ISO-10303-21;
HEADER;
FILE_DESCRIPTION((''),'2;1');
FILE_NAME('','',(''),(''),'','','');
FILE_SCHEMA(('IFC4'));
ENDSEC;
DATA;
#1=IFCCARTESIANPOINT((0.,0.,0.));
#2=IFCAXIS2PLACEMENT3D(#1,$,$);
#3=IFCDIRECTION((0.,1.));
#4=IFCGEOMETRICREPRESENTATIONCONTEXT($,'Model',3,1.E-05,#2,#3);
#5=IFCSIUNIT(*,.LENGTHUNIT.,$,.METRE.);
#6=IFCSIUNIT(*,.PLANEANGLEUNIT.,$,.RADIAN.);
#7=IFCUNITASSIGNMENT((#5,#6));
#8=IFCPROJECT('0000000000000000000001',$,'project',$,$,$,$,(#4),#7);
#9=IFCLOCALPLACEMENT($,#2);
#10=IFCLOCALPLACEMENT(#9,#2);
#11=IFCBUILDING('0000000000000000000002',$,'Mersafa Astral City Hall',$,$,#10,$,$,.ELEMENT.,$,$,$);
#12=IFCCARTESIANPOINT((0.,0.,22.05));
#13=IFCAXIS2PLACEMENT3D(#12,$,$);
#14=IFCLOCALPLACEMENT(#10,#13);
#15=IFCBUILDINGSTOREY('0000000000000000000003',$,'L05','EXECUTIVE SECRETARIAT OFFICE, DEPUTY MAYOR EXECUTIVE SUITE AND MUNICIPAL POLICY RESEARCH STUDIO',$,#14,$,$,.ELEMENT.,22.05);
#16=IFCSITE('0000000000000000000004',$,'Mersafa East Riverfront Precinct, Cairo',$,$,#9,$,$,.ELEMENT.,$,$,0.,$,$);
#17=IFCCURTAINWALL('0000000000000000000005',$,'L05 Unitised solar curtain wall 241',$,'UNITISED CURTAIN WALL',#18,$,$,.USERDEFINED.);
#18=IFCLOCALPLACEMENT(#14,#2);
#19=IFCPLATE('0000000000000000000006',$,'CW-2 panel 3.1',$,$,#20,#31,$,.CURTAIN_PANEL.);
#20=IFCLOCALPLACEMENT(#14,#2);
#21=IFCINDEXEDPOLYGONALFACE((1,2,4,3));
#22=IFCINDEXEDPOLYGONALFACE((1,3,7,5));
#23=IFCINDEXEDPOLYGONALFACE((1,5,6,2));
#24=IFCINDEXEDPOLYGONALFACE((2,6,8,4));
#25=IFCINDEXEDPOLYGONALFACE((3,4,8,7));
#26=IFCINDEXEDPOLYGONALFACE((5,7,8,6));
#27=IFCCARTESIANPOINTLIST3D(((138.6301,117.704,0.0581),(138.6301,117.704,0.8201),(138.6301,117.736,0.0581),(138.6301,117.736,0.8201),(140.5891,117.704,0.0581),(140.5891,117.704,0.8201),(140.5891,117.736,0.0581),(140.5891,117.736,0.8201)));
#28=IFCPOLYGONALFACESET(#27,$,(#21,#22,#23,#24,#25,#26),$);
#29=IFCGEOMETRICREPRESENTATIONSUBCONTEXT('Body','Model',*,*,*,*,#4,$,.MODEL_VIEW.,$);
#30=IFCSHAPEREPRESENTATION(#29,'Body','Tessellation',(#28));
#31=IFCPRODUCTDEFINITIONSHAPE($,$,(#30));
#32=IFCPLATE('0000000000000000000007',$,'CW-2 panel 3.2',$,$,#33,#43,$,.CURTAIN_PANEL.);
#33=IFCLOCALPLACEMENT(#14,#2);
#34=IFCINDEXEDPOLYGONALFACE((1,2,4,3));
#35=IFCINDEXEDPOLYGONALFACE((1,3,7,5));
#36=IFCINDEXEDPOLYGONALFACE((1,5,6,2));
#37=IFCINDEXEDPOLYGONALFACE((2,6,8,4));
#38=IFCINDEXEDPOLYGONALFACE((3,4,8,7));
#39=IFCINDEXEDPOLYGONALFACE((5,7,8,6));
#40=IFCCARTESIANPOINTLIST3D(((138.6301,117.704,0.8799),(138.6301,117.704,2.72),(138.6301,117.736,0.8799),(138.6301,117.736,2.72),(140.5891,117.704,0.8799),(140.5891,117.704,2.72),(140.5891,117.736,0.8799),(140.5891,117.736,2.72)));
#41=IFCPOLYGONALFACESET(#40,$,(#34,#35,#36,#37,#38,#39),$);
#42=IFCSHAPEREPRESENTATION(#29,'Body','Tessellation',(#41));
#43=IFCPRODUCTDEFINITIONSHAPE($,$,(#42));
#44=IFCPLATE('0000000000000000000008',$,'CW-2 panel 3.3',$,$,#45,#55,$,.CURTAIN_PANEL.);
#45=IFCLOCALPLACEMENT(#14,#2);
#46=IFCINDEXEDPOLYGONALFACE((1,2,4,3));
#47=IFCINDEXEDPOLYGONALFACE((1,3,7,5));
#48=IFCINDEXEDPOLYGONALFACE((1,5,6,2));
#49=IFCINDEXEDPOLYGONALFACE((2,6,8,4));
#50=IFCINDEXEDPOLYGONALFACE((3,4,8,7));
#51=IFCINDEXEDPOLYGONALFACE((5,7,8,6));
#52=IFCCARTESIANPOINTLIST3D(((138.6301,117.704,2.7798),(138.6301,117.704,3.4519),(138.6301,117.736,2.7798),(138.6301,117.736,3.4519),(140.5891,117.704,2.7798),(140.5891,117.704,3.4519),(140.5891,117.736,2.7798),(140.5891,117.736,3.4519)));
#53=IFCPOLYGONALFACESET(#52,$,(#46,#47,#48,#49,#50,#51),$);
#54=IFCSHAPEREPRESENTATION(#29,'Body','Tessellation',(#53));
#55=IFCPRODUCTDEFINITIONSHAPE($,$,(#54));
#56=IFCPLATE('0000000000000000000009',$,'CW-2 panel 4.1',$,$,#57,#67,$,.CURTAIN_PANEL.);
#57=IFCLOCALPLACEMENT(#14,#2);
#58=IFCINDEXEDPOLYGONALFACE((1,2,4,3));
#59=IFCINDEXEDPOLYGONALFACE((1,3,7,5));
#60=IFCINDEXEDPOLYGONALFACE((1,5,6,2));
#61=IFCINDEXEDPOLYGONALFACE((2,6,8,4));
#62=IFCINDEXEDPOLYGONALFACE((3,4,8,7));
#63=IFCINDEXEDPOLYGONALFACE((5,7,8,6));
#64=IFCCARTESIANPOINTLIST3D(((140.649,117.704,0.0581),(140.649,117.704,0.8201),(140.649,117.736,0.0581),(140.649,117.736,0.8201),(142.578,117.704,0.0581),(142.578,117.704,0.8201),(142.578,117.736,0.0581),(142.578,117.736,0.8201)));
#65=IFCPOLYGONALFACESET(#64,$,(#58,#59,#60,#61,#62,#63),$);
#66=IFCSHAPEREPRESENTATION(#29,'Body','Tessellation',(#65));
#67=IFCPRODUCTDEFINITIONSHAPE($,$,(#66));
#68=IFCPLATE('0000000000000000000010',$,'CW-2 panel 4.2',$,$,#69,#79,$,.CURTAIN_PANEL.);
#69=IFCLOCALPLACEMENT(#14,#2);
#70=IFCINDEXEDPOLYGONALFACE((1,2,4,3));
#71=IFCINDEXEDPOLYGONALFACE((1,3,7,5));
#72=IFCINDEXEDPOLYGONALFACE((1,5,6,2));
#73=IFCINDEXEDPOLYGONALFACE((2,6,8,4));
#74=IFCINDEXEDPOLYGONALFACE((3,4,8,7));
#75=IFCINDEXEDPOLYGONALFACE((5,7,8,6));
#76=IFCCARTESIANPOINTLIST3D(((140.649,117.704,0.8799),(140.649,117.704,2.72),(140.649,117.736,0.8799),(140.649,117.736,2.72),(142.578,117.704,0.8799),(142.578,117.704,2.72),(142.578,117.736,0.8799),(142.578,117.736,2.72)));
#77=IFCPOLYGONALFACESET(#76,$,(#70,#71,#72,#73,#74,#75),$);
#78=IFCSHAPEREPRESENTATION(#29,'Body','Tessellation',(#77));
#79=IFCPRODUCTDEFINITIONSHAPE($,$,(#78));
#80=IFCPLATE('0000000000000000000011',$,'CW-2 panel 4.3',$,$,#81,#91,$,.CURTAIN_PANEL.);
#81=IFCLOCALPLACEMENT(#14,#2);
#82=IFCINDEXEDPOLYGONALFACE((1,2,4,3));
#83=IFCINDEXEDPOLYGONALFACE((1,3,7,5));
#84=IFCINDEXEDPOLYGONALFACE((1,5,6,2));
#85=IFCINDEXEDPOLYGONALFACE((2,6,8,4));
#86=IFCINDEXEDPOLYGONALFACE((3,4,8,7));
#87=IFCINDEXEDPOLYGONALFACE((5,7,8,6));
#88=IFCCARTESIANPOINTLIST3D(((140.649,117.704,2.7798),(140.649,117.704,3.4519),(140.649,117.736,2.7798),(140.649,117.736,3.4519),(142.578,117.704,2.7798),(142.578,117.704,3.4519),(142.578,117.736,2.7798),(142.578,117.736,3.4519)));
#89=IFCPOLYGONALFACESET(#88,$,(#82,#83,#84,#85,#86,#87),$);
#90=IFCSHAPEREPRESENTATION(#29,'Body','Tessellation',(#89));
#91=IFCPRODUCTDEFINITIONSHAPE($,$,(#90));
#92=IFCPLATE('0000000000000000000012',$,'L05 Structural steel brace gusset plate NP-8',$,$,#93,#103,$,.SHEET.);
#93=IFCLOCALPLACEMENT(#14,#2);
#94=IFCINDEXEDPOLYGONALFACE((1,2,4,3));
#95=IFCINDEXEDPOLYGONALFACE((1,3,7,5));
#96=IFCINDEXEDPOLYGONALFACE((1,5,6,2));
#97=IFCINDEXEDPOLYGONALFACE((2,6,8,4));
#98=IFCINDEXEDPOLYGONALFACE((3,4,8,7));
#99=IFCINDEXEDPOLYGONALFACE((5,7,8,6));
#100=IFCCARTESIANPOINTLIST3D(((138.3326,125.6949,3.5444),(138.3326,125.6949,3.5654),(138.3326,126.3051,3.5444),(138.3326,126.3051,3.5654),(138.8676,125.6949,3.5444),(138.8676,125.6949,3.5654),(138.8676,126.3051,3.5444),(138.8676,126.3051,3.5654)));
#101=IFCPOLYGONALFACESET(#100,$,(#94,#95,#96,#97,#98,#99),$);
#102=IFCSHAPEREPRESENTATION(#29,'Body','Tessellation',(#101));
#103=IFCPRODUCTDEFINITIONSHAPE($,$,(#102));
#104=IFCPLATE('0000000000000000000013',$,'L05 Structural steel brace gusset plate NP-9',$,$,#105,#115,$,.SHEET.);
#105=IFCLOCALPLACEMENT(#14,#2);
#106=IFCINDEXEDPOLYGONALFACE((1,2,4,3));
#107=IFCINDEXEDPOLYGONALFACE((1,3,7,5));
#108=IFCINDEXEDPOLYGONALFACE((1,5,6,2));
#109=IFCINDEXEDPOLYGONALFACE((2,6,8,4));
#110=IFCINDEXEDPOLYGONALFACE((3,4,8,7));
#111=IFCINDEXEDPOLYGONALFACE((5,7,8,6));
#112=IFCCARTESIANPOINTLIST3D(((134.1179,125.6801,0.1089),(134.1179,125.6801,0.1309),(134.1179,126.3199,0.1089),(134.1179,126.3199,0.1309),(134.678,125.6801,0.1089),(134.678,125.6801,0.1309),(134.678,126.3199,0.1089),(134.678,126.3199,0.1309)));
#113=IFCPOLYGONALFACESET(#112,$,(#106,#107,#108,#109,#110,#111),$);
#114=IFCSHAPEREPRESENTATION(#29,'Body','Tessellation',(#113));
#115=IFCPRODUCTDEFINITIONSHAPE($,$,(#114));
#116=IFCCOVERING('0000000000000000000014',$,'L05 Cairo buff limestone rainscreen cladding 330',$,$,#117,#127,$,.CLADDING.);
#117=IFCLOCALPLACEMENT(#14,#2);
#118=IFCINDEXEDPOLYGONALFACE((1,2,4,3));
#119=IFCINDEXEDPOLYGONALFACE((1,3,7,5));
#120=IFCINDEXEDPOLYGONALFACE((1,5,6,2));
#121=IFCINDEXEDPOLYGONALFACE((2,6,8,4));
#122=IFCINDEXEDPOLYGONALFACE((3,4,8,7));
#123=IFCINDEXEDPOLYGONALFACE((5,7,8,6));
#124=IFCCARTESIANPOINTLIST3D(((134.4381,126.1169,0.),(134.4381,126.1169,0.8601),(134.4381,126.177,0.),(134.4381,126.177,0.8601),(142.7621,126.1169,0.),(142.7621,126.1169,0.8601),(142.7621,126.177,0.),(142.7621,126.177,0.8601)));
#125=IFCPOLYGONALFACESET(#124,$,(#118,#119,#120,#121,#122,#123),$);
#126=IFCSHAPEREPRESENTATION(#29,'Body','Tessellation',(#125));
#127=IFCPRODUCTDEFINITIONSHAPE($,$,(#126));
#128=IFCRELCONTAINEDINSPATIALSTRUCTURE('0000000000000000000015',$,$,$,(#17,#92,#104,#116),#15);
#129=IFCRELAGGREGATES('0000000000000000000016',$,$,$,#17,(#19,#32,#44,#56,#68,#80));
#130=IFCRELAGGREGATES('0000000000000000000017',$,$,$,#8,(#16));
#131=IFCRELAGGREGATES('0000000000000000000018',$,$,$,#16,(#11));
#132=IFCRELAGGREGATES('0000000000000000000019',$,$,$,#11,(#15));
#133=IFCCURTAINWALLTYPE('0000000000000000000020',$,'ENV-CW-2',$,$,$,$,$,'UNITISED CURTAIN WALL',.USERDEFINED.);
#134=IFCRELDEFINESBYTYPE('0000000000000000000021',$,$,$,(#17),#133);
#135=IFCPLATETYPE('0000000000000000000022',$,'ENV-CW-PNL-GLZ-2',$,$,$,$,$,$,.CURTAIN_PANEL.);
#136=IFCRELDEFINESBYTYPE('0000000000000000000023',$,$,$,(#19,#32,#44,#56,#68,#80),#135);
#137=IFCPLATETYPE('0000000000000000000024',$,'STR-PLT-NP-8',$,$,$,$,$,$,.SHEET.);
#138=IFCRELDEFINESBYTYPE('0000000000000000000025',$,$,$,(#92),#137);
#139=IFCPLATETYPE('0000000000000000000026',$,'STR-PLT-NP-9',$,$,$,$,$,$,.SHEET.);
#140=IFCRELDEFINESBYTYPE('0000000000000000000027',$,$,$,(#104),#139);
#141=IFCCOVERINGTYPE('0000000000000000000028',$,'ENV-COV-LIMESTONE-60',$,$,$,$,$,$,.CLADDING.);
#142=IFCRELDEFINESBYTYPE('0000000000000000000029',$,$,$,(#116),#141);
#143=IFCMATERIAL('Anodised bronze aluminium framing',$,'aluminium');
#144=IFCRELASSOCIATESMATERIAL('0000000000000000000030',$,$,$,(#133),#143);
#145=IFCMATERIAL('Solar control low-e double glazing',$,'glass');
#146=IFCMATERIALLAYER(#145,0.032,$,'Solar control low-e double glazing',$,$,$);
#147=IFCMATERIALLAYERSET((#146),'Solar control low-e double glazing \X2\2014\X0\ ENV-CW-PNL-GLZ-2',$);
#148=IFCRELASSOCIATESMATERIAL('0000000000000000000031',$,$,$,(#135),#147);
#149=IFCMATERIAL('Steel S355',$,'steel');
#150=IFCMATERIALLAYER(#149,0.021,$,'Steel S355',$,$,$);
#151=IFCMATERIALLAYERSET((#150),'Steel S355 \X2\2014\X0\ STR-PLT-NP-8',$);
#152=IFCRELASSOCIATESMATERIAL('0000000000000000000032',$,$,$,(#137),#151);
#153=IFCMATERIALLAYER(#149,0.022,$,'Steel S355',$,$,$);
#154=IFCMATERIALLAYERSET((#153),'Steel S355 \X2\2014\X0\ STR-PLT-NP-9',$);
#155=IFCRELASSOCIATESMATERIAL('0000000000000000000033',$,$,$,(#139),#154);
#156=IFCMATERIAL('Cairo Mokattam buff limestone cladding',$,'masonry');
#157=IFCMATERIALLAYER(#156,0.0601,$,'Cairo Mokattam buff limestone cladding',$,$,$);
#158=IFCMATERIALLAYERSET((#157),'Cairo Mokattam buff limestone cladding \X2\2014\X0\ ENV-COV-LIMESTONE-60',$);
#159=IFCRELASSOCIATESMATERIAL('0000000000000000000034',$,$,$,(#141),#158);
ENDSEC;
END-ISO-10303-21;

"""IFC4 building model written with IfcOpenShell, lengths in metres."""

from ifc_helpers import new_model, si_unit, direction, frame, origin, origin_2d, place, context, subcontext, project, spatial, rectangle, extrude, material, layer, layer_set, type_object, element, aggregate, save


model = new_model("IFC4")

# Units and contexts
model_context = context("Model", 3, precision=1e-05, world=origin(), true_north=direction((0.0, 1.0)))
body_context = subcontext(model_context, "Body", "Model", "MODEL_VIEW")
ifc_project = project(units=[si_unit("LENGTHUNIT", "METRE"), si_unit("PLANEANGLEUNIT", "RADIAN")], contexts=[model_context])

# Site, building, storey
site_placement = place(None, origin())
site = spatial("IfcSite", under=ifc_project, at=site_placement, Name="Mersafa East Riverfront Precinct, Cairo", CompositionType="ELEMENT", RefElevation=0.0)
building_placement = place(site_placement, origin())
building = spatial("IfcBuilding", under=site, at=building_placement, Name="Mersafa Astral City Hall", CompositionType="ELEMENT")
storey_placement = place(building_placement, frame((0.0, 0.0, 22.05)))
storey = spatial("IfcBuildingStorey", under=building, at=storey_placement, Name="L05", Description="EXECUTIVE SECRETARIAT OFFICE, DEPUTY MAYOR EXECUTIVE SUITE AND MUNICIPAL POLICY RESEARCH STUDIO", CompositionType="ELEMENT", Elevation=22.05)

# Shared definitions
ifc_material_1 = material(Name="Steel S355", Category="steel")

# Curtain wall
ifc_material_2 = material(Name="Anodised bronze aluminium framing", Category="aluminium")
curtain_wall_type = type_object("IfcCurtainWallType", Name="ENV-CW-2", ElementType="UNITISED CURTAIN WALL", PredefinedType="USERDEFINED", material=ifc_material_2)
curtain_wall_placement = place(storey_placement, origin())
curtain_wall = element("IfcCurtainWall", 1, at=curtain_wall_placement, inside=storey, type_object=curtain_wall_type, Name="L05 Unitised solar curtain wall 241", ObjectType="UNITISED CURTAIN WALL", PredefinedType="USERDEFINED")

# Plates
ifc_material_3 = material(Name="Solar control low-e double glazing", Category="glass")
ifc_layer_1 = layer(ifc_material_3, 0.032, Name="Solar control low-e double glazing")
ifc_layer_set_1 = layer_set([ifc_layer_1], Name="Solar control low-e double glazing — ENV-CW-PNL-GLZ-2")
plate_type_1 = type_object("IfcPlateType", Name="ENV-CW-PNL-GLZ-2", PredefinedType="CURTAIN_PANEL", material=ifc_layer_set_1)
plate_1_placement = place(storey_placement, frame((139.6096, 117.72, 0.0581), z_axis=(0.0, 0.0, 1.0), x_axis=(1.0, 0.0, 0.0)))
plate_1 = element("IfcPlate", 2, at=plate_1_placement, type_object=plate_type_1, Name="CW-2 panel 3.1", PredefinedType="CURTAIN_PANEL", context=body_context, shape_type="SweptSolid", body=[
    extrude(rectangle(XDim=1.959, YDim=0.032, at=origin_2d()), origin(), (0.0, 0.0, 1.0), 0.762),
])
plate_2_placement = place(storey_placement, frame((139.6096, 117.72, 0.8799), z_axis=(0.0, 0.0, 1.0), x_axis=(1.0, 0.0, 0.0)))
plate_2 = element("IfcPlate", 3, at=plate_2_placement, type_object=plate_type_1, Name="CW-2 panel 3.2", PredefinedType="CURTAIN_PANEL", context=body_context, shape_type="SweptSolid", body=[
    extrude(rectangle(XDim=1.959, YDim=0.032, at=origin_2d()), origin(), (0.0, 0.0, 1.0), 1.8401),
])
plate_3_placement = place(storey_placement, frame((139.6096, 117.72, 2.7798), z_axis=(0.0, 0.0, 1.0), x_axis=(1.0, 0.0, 0.0)))
plate_3 = element("IfcPlate", 4, at=plate_3_placement, type_object=plate_type_1, Name="CW-2 panel 3.3", PredefinedType="CURTAIN_PANEL", context=body_context, shape_type="SweptSolid", body=[
    extrude(rectangle(XDim=1.959, YDim=0.032, at=origin_2d()), origin(), (0.0, 0.0, 1.0), 0.6721),
])
plate_4_placement = place(storey_placement, frame((141.6135, 117.72, 0.0581), z_axis=(0.0, 0.0, 1.0), x_axis=(1.0, 0.0, 0.0)))
plate_4 = element("IfcPlate", 5, at=plate_4_placement, type_object=plate_type_1, Name="CW-2 panel 4.1", PredefinedType="CURTAIN_PANEL", context=body_context, shape_type="SweptSolid", body=[
    extrude(rectangle(XDim=1.929, YDim=0.032, at=origin_2d()), origin(), (0.0, 0.0, 1.0), 0.762),
])
plate_5_placement = place(storey_placement, frame((141.6135, 117.72, 0.8799), z_axis=(0.0, 0.0, 1.0), x_axis=(1.0, 0.0, 0.0)))
plate_5 = element("IfcPlate", 6, at=plate_5_placement, type_object=plate_type_1, Name="CW-2 panel 4.2", PredefinedType="CURTAIN_PANEL", context=body_context, shape_type="SweptSolid", body=[
    extrude(rectangle(XDim=1.929, YDim=0.032, at=origin_2d()), origin(), (0.0, 0.0, 1.0), 1.8401),
])
plate_6_placement = place(storey_placement, frame((141.6135, 117.72, 2.7798), z_axis=(0.0, 0.0, 1.0), x_axis=(1.0, 0.0, 0.0)))
plate_6 = element("IfcPlate", 7, at=plate_6_placement, type_object=plate_type_1, Name="CW-2 panel 4.3", PredefinedType="CURTAIN_PANEL", context=body_context, shape_type="SweptSolid", body=[
    extrude(rectangle(XDim=1.929, YDim=0.032, at=origin_2d()), origin(), (0.0, 0.0, 1.0), 0.6721),
])
aggregate(curtain_wall, [plate_1, plate_2, plate_3, plate_4, plate_5, plate_6])

# Plates
ifc_layer_2 = layer(ifc_material_1, 0.021, Name="Steel S355")
ifc_layer_set_2 = layer_set([ifc_layer_2], Name="Steel S355 — STR-PLT-NP-8")
plate_type_2 = type_object("IfcPlateType", Name="STR-PLT-NP-8", PredefinedType="SHEET", material=ifc_layer_set_2)
plate_7_placement = place(storey_placement, frame((138.6001, 126.0, 3.5444), z_axis=(0.0, 0.0, 1.0), x_axis=(1.0, 0.0, 0.0)))
element("IfcPlate", 8, at=plate_7_placement, inside=storey, type_object=plate_type_2, Name="L05 Structural steel brace gusset plate NP-8", PredefinedType="SHEET", context=body_context, shape_type="SweptSolid", body=[
    extrude(rectangle(XDim=0.5349, YDim=0.6101, at=origin_2d()), origin(), (0.0, 0.0, 1.0), 0.021),
])
ifc_layer_3 = layer(ifc_material_1, 0.022, Name="Steel S355")
ifc_layer_set_3 = layer_set([ifc_layer_3], Name="Steel S355 — STR-PLT-NP-9")
plate_type_3 = type_object("IfcPlateType", Name="STR-PLT-NP-9", PredefinedType="SHEET", material=ifc_layer_set_3)
plate_8_placement = place(storey_placement, frame((134.3979, 126.0, 0.1089), z_axis=(0.0, 0.0, 1.0), x_axis=(1.0, 0.0, 0.0)))
element("IfcPlate", 9, at=plate_8_placement, inside=storey, type_object=plate_type_3, Name="L05 Structural steel brace gusset plate NP-9", PredefinedType="SHEET", context=body_context, shape_type="SweptSolid", body=[
    extrude(rectangle(XDim=0.5601, YDim=0.6399, at=origin_2d()), origin(), (0.0, 0.0, 1.0), 0.022),
])

# Covering
ifc_material_4 = material(Name="Cairo Mokattam buff limestone cladding", Category="masonry")
ifc_layer_4 = layer(ifc_material_4, 0.0601, Name="Cairo Mokattam buff limestone cladding")
ifc_layer_set_4 = layer_set([ifc_layer_4], Name="Cairo Mokattam buff limestone cladding — ENV-COV-LIMESTONE-60")
covering_type = type_object("IfcCoveringType", Name="ENV-COV-LIMESTONE-60", PredefinedType="CLADDING", material=ifc_layer_set_4)
covering_placement = place(storey_placement, frame((138.6001, 126.147, 0.0), z_axis=(0.0, 0.0, 1.0), x_axis=(-1.0, 0.0, 0.0)))
element("IfcCovering", 10, at=covering_placement, inside=storey, type_object=covering_type, Name="L05 Cairo buff limestone rainscreen cladding 330", PredefinedType="CLADDING", context=body_context, shape_type="SweptSolid", body=[
    extrude(rectangle(XDim=8.324, YDim=0.0601, at=origin_2d()), origin(), (0.0, 0.0, 1.0), 0.8601),
])

save(model, "model.ifc")
